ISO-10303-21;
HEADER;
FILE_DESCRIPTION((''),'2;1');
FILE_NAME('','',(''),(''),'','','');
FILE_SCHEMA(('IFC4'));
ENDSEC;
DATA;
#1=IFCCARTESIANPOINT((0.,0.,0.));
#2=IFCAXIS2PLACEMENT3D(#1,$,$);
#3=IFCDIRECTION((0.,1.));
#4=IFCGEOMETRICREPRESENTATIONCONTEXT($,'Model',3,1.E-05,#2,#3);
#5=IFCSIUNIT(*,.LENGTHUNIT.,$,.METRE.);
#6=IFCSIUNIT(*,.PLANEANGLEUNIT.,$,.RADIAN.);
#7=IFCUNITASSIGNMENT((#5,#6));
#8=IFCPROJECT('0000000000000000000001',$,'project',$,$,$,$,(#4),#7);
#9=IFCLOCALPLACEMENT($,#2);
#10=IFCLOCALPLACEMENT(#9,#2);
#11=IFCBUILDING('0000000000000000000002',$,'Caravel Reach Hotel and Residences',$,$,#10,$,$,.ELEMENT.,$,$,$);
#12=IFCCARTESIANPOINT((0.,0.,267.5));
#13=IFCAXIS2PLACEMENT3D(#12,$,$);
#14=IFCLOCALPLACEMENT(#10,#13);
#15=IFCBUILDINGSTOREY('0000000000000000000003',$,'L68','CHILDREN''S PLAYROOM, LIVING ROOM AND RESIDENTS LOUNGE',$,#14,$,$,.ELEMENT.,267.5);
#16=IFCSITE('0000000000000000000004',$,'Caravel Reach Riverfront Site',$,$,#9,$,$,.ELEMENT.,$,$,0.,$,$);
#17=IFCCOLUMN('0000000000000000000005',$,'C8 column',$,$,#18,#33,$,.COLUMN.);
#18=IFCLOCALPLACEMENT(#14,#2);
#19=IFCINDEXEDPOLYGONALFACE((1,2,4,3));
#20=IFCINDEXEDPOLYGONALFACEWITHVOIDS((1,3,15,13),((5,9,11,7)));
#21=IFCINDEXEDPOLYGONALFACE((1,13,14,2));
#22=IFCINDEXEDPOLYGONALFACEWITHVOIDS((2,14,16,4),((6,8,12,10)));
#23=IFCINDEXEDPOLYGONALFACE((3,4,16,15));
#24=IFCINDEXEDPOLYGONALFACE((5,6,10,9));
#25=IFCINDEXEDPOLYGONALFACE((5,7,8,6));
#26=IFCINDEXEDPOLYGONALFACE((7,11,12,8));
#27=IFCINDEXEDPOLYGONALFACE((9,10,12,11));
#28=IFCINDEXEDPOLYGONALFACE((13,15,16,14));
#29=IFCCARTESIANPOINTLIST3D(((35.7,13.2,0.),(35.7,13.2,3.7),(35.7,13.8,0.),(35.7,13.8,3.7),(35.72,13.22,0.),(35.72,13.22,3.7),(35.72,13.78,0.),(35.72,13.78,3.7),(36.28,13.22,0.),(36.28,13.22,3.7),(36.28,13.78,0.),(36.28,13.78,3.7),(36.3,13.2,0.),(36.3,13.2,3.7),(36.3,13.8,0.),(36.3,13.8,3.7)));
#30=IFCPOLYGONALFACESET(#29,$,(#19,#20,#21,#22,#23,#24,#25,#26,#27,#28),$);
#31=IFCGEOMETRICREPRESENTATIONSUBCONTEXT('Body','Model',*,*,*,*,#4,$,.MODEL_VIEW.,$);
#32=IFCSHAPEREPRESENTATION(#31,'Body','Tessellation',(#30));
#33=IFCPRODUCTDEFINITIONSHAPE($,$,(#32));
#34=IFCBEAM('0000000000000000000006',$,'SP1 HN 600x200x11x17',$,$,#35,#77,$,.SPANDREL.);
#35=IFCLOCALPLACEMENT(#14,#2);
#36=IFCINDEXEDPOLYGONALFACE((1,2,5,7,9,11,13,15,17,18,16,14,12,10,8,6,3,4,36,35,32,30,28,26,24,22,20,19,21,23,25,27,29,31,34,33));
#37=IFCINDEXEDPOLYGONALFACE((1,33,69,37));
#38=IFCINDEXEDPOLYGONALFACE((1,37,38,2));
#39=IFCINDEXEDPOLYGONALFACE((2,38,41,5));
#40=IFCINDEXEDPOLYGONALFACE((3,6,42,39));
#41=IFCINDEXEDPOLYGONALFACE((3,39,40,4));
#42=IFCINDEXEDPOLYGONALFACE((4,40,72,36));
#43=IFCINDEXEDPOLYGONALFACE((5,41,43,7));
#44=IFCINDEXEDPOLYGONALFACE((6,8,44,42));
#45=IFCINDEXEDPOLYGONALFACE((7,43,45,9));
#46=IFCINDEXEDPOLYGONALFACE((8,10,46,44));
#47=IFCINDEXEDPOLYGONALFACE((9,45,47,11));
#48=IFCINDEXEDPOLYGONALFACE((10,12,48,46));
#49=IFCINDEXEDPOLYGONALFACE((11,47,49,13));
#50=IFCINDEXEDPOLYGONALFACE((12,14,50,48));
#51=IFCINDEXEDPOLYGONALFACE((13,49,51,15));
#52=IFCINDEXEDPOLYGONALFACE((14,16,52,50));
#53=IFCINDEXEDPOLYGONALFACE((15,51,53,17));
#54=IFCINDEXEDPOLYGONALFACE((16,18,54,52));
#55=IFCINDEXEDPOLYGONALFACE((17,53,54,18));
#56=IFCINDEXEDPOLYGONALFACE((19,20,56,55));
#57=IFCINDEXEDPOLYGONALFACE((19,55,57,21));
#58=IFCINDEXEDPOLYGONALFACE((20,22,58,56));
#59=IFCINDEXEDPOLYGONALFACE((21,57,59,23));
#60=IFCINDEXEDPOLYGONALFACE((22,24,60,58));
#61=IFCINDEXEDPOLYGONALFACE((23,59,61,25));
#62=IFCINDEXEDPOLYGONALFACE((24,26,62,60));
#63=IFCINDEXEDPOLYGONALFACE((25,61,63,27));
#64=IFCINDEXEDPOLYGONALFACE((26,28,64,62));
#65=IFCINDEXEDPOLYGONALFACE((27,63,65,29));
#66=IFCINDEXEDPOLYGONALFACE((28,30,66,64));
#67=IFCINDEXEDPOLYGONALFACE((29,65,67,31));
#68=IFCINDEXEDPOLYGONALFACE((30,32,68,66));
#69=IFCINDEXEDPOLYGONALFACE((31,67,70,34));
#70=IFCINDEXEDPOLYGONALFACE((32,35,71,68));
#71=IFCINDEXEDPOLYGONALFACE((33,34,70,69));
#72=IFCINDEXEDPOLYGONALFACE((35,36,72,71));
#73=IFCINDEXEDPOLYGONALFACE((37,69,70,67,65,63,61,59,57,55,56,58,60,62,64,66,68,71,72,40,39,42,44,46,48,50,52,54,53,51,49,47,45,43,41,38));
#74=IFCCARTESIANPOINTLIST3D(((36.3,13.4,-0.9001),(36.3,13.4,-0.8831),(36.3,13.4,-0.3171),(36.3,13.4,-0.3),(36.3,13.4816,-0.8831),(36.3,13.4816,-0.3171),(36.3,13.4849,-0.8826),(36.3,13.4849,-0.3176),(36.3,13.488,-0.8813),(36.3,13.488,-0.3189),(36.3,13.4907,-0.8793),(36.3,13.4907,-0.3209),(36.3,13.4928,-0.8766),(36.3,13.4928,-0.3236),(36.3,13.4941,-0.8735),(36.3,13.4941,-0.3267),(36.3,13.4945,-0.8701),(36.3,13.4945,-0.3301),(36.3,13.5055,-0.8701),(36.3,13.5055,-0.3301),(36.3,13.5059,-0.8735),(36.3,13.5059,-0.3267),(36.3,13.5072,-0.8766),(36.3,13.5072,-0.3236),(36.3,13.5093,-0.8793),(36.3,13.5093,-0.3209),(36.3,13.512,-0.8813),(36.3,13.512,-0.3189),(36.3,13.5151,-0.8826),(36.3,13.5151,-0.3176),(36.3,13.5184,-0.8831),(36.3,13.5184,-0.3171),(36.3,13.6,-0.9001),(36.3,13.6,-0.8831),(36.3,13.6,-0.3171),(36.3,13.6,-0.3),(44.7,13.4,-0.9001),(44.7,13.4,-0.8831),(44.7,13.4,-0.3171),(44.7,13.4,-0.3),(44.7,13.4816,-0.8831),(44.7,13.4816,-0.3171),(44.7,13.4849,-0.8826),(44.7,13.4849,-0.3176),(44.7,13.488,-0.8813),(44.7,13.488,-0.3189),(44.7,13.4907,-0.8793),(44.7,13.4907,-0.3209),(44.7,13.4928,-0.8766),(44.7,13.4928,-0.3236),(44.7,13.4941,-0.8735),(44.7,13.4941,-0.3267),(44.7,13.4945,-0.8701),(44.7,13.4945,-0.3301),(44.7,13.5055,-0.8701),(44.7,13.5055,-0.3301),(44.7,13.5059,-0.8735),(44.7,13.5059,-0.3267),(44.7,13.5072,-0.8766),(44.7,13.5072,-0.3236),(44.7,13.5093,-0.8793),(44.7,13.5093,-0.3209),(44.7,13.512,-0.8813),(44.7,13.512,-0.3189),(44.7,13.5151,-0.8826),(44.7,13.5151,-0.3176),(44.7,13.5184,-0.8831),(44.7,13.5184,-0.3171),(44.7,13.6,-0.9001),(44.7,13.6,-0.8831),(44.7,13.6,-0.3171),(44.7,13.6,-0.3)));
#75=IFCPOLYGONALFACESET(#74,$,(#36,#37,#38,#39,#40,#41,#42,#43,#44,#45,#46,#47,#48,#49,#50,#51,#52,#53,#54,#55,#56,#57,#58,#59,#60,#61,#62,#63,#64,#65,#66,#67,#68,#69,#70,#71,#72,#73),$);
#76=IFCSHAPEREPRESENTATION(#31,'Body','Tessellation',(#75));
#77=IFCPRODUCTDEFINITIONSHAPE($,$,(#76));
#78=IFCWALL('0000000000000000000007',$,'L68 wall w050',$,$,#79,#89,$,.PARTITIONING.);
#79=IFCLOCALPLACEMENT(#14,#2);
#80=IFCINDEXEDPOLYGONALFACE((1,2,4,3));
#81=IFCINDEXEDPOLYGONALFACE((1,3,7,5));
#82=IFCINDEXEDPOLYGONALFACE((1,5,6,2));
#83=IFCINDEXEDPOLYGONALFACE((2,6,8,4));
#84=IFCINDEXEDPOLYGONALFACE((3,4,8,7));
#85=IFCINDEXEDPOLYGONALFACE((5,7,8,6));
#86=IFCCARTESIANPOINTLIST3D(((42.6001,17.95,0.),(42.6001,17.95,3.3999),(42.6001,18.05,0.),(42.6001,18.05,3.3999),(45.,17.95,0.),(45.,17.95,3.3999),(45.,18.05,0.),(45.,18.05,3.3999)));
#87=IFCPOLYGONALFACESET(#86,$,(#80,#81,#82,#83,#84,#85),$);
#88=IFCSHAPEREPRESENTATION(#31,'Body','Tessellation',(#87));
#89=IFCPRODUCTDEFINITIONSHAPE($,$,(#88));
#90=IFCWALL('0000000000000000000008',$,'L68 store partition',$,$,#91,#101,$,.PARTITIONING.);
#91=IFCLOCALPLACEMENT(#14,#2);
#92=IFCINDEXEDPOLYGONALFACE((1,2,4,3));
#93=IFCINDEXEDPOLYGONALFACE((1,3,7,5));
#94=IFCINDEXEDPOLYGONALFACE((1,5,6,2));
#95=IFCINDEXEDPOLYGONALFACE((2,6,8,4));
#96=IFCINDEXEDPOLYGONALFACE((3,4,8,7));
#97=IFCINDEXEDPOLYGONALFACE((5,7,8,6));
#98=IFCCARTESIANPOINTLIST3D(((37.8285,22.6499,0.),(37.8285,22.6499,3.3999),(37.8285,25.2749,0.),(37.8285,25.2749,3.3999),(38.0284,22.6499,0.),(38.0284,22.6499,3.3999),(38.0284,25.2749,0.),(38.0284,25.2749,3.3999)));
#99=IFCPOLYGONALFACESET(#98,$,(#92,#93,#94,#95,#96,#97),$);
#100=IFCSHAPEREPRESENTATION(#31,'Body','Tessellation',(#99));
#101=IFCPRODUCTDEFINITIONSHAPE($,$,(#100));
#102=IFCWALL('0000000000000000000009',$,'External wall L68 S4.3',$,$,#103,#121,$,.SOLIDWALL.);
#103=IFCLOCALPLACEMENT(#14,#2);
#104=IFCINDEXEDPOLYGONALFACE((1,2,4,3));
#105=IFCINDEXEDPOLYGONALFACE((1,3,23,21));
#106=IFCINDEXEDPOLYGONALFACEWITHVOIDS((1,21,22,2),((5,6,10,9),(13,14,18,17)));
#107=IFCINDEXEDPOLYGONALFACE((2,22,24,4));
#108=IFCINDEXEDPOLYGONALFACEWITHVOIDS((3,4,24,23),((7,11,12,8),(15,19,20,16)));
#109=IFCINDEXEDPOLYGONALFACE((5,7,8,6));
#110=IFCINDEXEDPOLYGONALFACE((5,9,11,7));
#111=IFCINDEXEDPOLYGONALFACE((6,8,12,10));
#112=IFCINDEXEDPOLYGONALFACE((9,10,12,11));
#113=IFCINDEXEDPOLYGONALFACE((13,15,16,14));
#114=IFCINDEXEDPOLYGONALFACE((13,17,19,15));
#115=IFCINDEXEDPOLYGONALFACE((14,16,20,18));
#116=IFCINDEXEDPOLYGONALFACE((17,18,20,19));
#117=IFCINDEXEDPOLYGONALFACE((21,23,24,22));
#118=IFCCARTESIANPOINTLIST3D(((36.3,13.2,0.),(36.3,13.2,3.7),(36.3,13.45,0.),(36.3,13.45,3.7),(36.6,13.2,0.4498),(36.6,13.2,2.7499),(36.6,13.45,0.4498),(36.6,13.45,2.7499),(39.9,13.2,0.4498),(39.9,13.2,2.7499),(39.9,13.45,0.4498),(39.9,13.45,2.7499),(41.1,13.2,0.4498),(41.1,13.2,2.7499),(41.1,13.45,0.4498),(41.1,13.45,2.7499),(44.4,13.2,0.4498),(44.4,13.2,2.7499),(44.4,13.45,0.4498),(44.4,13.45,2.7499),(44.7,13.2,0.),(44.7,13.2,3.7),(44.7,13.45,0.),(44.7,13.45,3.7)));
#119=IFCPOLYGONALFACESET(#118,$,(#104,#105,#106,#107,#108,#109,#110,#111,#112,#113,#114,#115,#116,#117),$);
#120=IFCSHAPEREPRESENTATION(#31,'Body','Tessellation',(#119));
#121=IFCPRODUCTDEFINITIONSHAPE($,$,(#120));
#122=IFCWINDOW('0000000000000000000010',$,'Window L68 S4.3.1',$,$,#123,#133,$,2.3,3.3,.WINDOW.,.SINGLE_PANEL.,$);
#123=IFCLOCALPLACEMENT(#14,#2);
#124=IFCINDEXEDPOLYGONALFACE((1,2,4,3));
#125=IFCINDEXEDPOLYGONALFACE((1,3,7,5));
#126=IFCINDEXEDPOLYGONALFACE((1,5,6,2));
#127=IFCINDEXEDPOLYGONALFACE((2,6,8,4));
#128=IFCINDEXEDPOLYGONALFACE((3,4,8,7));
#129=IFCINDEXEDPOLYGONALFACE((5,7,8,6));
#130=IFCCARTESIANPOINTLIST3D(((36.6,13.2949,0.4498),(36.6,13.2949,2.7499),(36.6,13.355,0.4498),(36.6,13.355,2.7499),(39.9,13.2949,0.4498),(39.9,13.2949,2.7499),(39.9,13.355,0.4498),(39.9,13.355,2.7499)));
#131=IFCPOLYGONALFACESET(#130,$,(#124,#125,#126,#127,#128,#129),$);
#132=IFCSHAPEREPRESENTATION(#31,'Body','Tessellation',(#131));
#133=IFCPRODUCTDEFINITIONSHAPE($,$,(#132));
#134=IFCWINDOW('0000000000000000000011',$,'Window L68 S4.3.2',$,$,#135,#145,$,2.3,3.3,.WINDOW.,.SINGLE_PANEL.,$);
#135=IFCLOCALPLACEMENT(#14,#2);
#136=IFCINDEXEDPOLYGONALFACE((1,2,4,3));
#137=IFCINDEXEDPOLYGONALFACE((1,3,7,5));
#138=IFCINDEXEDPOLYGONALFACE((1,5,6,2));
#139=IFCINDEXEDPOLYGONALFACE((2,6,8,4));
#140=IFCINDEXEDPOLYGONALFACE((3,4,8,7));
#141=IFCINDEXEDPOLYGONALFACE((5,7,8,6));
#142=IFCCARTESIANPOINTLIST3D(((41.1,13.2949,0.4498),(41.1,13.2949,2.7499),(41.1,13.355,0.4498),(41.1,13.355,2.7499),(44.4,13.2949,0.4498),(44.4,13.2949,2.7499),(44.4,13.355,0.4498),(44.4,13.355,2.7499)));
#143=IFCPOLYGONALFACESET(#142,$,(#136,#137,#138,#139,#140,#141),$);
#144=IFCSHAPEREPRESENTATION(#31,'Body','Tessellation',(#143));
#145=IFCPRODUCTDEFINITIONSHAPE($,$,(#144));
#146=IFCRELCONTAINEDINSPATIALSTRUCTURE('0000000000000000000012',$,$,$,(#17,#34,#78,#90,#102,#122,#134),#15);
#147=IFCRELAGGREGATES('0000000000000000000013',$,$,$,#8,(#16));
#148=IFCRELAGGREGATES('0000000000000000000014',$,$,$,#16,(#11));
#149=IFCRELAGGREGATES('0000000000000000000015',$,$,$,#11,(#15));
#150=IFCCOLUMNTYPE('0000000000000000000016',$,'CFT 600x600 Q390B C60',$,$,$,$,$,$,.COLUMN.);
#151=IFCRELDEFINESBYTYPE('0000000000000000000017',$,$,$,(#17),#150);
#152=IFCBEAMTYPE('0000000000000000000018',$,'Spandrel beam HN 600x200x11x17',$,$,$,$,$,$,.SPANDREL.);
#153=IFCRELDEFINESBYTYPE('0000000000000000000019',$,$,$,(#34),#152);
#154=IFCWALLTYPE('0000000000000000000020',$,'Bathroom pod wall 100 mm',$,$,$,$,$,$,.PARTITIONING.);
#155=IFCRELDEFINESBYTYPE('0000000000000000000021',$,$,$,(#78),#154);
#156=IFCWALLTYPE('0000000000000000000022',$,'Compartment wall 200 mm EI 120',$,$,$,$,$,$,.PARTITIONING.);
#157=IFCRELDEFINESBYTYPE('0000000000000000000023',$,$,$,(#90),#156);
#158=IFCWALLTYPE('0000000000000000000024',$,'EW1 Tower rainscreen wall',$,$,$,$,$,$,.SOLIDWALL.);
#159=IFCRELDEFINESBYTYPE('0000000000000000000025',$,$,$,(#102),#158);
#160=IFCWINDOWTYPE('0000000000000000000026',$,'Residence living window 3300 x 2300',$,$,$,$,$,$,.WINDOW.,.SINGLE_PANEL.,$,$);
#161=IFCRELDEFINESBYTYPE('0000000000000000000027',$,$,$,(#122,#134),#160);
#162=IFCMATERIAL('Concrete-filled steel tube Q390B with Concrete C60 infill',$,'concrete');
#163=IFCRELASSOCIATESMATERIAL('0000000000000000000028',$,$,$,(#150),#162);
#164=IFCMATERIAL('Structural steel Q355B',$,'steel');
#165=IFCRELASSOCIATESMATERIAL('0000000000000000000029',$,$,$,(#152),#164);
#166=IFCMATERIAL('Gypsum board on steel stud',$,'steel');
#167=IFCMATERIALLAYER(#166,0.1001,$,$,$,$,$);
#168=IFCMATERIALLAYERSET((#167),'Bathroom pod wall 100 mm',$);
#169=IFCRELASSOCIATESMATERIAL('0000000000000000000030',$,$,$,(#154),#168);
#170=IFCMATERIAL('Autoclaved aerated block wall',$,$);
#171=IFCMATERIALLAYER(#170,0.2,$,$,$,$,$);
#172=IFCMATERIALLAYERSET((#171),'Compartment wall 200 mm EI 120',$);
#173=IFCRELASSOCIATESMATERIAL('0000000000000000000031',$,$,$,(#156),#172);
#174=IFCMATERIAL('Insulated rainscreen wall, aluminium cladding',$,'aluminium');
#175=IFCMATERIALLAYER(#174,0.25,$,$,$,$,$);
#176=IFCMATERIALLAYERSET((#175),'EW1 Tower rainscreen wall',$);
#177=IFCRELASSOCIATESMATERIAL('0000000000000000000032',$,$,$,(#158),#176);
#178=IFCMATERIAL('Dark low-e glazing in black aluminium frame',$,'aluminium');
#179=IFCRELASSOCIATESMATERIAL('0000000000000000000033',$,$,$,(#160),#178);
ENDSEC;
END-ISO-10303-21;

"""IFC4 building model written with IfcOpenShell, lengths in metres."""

from ifc_helpers import new_model, si_unit, direction, frame, frame_2d, origin, origin_2d, place, context, subcontext, project, spatial, rectangle, hollow_rectangle, i_section, extrude, material, layer, layer_set, material_profile, profile_set, type_object, element, fill, save


model = new_model("IFC4")

# Units and contexts
model_context = context("Model", 3, precision=1e-05, world=origin(), true_north=direction((0.0, 1.0)))
body_context = subcontext(model_context, "Body", "Model", "MODEL_VIEW")
ifc_project = project(units=[si_unit("LENGTHUNIT", "METRE"), si_unit("PLANEANGLEUNIT", "RADIAN")], contexts=[model_context])

# Site, building, storey
site_placement = place(None, origin())
site = spatial("IfcSite", under=ifc_project, at=site_placement, Name="Caravel Reach Riverfront Site", CompositionType="ELEMENT", RefElevation=0.0)
building_placement = place(site_placement, origin())
building = spatial("IfcBuilding", under=site, at=building_placement, Name="Caravel Reach Hotel and Residences", CompositionType="ELEMENT")
storey_placement = place(building_placement, frame((0.0, 0.0, 267.5)))
storey = spatial("IfcBuildingStorey", under=building, at=storey_placement, Name="L68", Description="CHILDREN'S PLAYROOM, LIVING ROOM AND RESIDENTS LOUNGE", CompositionType="ELEMENT", Elevation=267.5)

# Column
ifc_material_1 = material(Name="Concrete-filled steel tube Q390B with Concrete C60 infill", Category="concrete")
ifc_material_profile_1 = material_profile(ifc_material_1, hollow_rectangle(XDim=0.6001, YDim=0.6001, WallThickness=0.02, at=origin_2d()), Name="RHS 600x600x20")
ifc_profile_set_1 = profile_set([ifc_material_profile_1], Name="Concrete-filled steel tube Q390B with Concrete C60 infill")
column_type = type_object("IfcColumnType", Name="CFT 600x600 Q390B C60", PredefinedType="COLUMN", material=ifc_profile_set_1)
column_placement = place(storey_placement, frame((36.0, 13.5, 0.0), z_axis=(0.0, 0.0, 1.0), x_axis=(1.0, 0.0, 0.0)))
element("IfcColumn", 1, at=column_placement, inside=storey, type_object=column_type, Name="C8 column", PredefinedType="COLUMN", context=body_context, shape_type="SweptSolid", body=[
    extrude(hollow_rectangle(XDim=0.6001, YDim=0.6001, WallThickness=0.02, at=origin_2d()), origin(), (0.0, 0.0, 1.0), 3.7),
])

# Beam
ifc_material_2 = material(Name="Structural steel Q355B", Category="steel")
ifc_material_profile_2 = material_profile(ifc_material_2, i_section(OverallWidth=0.2, OverallDepth=0.6001, WebThickness=0.011, FlangeThickness=0.0171, FilletRadius=0.0129, at=origin_2d()), Name="HN 600x200x11x17")
ifc_profile_set_2 = profile_set([ifc_material_profile_2], Name="Structural steel Q355B")
beam_type = type_object("IfcBeamType", Name="Spandrel beam HN 600x200x11x17", PredefinedType="SPANDREL", material=ifc_profile_set_2)
beam_placement = place(storey_placement, frame((36.3, 13.5, -0.6001), z_axis=(1.0, 0.0, 0.0), x_axis=(0.0, 1.0, 0.0)))
element("IfcBeam", 2, at=beam_placement, inside=storey, type_object=beam_type, Name="SP1 HN 600x200x11x17", PredefinedType="SPANDREL", context=body_context, shape_type="SweptSolid", body=[
    extrude(i_section(OverallWidth=0.2, OverallDepth=0.6001, WebThickness=0.011, FlangeThickness=0.0171, FilletRadius=0.0129, at=origin_2d()), origin(), (0.0, 0.0, 1.0), 8.3999),
])

# Walls
ifc_material_3 = material(Name="Gypsum board on steel stud", Category="steel")
ifc_layer_1 = layer(ifc_material_3, 0.1001)
ifc_layer_set_1 = layer_set([ifc_layer_1], Name="Bathroom pod wall 100 mm")
wall_type_1 = type_object("IfcWallType", Name="Bathroom pod wall 100 mm", PredefinedType="PARTITIONING", material=ifc_layer_set_1)
wall_1_placement = place(storey_placement, frame((42.6001, 18.0, 0.0), z_axis=(0.0, 0.0, 1.0), x_axis=(1.0, 0.0, 0.0)))
element("IfcWall", 3, at=wall_1_placement, inside=storey, type_object=wall_type_1, Name="L68 wall w050", PredefinedType="PARTITIONING", context=body_context, shape_type="SweptSolid", body=[
    extrude(rectangle(XDim=2.3999, YDim=0.1001, at=frame_2d((1.2, 0.0))), origin(), (0.0, 0.0, 1.0), 3.3999),
])
ifc_material_4 = material(Name="Autoclaved aerated block wall")
ifc_layer_2 = layer(ifc_material_4, 0.2)
ifc_layer_set_2 = layer_set([ifc_layer_2], Name="Compartment wall 200 mm EI 120")
wall_type_2 = type_object("IfcWallType", Name="Compartment wall 200 mm EI 120", PredefinedType="PARTITIONING", material=ifc_layer_set_2)
wall_2_placement = place(storey_placement, frame((37.9285, 22.6499, 0.0), z_axis=(0.0, 0.0, 1.0), x_axis=(0.0, 1.0, 0.0)))
element("IfcWall", 4, at=wall_2_placement, inside=storey, type_object=wall_type_2, Name="L68 store partition", PredefinedType="PARTITIONING", context=body_context, shape_type="SweptSolid", body=[
    extrude(rectangle(XDim=2.625, YDim=0.2, at=frame_2d((1.3125, 0.0))), origin(), (0.0, 0.0, 1.0), 3.3999),
])

# Wall, openings, windows
ifc_material_5 = material(Name="Insulated rainscreen wall, aluminium cladding", Category="aluminium")
ifc_layer_3 = layer(ifc_material_5, 0.25)
ifc_layer_set_3 = layer_set([ifc_layer_3], Name="EW1 Tower rainscreen wall")
wall_type_3 = type_object("IfcWallType", Name="EW1 Tower rainscreen wall", PredefinedType="SOLIDWALL", material=ifc_layer_set_3)
wall_3_placement = place(storey_placement, frame((36.3, 13.325, 0.0), z_axis=(0.0, 0.0, 1.0), x_axis=(1.0, 0.0, 0.0)))
wall_3 = element("IfcWall", 5, at=wall_3_placement, inside=storey, type_object=wall_type_3, Name="External wall L68 S4.3", PredefinedType="SOLIDWALL", context=body_context, shape_type="SweptSolid", body=[
    extrude(rectangle(XDim=8.3999, YDim=0.25, at=frame_2d((4.2, 0.0))), origin(), (0.0, 0.0, 1.0), 3.7),
])
opening_1_placement = place(wall_3_placement, frame((0.3, 0.0, 0.45)))
opening_1 = element("IfcOpeningElement", 6, at=opening_1_placement, cuts=wall_3, PredefinedType="OPENING", context=body_context, shape_type="SweptSolid", body=[
    extrude(rectangle(XDim=3.3, YDim=2.3, at=frame_2d((1.6499, 1.1499))), frame((0.0, 0.135, 0.0), z_axis=(0.0, -1.0, 0.0), x_axis=(1.0, 0.0, 0.0)), (0.0, 0.0, 1.0), 0.27),
])
opening_2_placement = place(wall_3_placement, frame((4.8, 0.0, 0.45)))
opening_2 = element("IfcOpeningElement", 7, at=opening_2_placement, cuts=wall_3, PredefinedType="OPENING", context=body_context, shape_type="SweptSolid", body=[
    extrude(rectangle(XDim=3.3, YDim=2.3, at=frame_2d((1.6499, 1.1499))), frame((0.0, 0.135, 0.0), z_axis=(0.0, -1.0, 0.0), x_axis=(1.0, 0.0, 0.0)), (0.0, 0.0, 1.0), 0.27),
])
ifc_material_6 = material(Name="Dark low-e glazing in black aluminium frame", Category="aluminium")
window_type = type_object("IfcWindowType", Name="Residence living window 3300 x 2300", PartitioningType="SINGLE_PANEL", PredefinedType="WINDOW", material=ifc_material_6)
window_1_placement = place(opening_1_placement, origin())
window_1 = element("IfcWindow", 8, at=window_1_placement, inside=storey, type_object=window_type, Name="Window L68 S4.3.1", OverallHeight=2.3, OverallWidth=3.3, PartitioningType="SINGLE_PANEL", PredefinedType="WINDOW", context=body_context, shape_type="SweptSolid", body=[
    extrude(rectangle(XDim=3.3, YDim=2.3, at=frame_2d((1.6499, 1.1499))), frame((0.0, 0.03, 0.0), z_axis=(0.0, -1.0, 0.0), x_axis=(1.0, 0.0, 0.0)), (0.0, 0.0, 1.0), 0.0601),
])
fill(opening_1, window_1)
window_2_placement = place(opening_2_placement, origin())
window_2 = element("IfcWindow", 9, at=window_2_placement, inside=storey, type_object=window_type, Name="Window L68 S4.3.2", OverallHeight=2.3, OverallWidth=3.3, PartitioningType="SINGLE_PANEL", PredefinedType="WINDOW", context=body_context, shape_type="SweptSolid", body=[
    extrude(rectangle(XDim=3.3, YDim=2.3, at=frame_2d((1.6499, 1.1499))), frame((0.0, 0.03, 0.0), z_axis=(0.0, -1.0, 0.0), x_axis=(1.0, 0.0, 0.0)), (0.0, 0.0, 1.0), 0.0601),
])
fill(opening_2, window_2)

save(model, "model.ifc")
